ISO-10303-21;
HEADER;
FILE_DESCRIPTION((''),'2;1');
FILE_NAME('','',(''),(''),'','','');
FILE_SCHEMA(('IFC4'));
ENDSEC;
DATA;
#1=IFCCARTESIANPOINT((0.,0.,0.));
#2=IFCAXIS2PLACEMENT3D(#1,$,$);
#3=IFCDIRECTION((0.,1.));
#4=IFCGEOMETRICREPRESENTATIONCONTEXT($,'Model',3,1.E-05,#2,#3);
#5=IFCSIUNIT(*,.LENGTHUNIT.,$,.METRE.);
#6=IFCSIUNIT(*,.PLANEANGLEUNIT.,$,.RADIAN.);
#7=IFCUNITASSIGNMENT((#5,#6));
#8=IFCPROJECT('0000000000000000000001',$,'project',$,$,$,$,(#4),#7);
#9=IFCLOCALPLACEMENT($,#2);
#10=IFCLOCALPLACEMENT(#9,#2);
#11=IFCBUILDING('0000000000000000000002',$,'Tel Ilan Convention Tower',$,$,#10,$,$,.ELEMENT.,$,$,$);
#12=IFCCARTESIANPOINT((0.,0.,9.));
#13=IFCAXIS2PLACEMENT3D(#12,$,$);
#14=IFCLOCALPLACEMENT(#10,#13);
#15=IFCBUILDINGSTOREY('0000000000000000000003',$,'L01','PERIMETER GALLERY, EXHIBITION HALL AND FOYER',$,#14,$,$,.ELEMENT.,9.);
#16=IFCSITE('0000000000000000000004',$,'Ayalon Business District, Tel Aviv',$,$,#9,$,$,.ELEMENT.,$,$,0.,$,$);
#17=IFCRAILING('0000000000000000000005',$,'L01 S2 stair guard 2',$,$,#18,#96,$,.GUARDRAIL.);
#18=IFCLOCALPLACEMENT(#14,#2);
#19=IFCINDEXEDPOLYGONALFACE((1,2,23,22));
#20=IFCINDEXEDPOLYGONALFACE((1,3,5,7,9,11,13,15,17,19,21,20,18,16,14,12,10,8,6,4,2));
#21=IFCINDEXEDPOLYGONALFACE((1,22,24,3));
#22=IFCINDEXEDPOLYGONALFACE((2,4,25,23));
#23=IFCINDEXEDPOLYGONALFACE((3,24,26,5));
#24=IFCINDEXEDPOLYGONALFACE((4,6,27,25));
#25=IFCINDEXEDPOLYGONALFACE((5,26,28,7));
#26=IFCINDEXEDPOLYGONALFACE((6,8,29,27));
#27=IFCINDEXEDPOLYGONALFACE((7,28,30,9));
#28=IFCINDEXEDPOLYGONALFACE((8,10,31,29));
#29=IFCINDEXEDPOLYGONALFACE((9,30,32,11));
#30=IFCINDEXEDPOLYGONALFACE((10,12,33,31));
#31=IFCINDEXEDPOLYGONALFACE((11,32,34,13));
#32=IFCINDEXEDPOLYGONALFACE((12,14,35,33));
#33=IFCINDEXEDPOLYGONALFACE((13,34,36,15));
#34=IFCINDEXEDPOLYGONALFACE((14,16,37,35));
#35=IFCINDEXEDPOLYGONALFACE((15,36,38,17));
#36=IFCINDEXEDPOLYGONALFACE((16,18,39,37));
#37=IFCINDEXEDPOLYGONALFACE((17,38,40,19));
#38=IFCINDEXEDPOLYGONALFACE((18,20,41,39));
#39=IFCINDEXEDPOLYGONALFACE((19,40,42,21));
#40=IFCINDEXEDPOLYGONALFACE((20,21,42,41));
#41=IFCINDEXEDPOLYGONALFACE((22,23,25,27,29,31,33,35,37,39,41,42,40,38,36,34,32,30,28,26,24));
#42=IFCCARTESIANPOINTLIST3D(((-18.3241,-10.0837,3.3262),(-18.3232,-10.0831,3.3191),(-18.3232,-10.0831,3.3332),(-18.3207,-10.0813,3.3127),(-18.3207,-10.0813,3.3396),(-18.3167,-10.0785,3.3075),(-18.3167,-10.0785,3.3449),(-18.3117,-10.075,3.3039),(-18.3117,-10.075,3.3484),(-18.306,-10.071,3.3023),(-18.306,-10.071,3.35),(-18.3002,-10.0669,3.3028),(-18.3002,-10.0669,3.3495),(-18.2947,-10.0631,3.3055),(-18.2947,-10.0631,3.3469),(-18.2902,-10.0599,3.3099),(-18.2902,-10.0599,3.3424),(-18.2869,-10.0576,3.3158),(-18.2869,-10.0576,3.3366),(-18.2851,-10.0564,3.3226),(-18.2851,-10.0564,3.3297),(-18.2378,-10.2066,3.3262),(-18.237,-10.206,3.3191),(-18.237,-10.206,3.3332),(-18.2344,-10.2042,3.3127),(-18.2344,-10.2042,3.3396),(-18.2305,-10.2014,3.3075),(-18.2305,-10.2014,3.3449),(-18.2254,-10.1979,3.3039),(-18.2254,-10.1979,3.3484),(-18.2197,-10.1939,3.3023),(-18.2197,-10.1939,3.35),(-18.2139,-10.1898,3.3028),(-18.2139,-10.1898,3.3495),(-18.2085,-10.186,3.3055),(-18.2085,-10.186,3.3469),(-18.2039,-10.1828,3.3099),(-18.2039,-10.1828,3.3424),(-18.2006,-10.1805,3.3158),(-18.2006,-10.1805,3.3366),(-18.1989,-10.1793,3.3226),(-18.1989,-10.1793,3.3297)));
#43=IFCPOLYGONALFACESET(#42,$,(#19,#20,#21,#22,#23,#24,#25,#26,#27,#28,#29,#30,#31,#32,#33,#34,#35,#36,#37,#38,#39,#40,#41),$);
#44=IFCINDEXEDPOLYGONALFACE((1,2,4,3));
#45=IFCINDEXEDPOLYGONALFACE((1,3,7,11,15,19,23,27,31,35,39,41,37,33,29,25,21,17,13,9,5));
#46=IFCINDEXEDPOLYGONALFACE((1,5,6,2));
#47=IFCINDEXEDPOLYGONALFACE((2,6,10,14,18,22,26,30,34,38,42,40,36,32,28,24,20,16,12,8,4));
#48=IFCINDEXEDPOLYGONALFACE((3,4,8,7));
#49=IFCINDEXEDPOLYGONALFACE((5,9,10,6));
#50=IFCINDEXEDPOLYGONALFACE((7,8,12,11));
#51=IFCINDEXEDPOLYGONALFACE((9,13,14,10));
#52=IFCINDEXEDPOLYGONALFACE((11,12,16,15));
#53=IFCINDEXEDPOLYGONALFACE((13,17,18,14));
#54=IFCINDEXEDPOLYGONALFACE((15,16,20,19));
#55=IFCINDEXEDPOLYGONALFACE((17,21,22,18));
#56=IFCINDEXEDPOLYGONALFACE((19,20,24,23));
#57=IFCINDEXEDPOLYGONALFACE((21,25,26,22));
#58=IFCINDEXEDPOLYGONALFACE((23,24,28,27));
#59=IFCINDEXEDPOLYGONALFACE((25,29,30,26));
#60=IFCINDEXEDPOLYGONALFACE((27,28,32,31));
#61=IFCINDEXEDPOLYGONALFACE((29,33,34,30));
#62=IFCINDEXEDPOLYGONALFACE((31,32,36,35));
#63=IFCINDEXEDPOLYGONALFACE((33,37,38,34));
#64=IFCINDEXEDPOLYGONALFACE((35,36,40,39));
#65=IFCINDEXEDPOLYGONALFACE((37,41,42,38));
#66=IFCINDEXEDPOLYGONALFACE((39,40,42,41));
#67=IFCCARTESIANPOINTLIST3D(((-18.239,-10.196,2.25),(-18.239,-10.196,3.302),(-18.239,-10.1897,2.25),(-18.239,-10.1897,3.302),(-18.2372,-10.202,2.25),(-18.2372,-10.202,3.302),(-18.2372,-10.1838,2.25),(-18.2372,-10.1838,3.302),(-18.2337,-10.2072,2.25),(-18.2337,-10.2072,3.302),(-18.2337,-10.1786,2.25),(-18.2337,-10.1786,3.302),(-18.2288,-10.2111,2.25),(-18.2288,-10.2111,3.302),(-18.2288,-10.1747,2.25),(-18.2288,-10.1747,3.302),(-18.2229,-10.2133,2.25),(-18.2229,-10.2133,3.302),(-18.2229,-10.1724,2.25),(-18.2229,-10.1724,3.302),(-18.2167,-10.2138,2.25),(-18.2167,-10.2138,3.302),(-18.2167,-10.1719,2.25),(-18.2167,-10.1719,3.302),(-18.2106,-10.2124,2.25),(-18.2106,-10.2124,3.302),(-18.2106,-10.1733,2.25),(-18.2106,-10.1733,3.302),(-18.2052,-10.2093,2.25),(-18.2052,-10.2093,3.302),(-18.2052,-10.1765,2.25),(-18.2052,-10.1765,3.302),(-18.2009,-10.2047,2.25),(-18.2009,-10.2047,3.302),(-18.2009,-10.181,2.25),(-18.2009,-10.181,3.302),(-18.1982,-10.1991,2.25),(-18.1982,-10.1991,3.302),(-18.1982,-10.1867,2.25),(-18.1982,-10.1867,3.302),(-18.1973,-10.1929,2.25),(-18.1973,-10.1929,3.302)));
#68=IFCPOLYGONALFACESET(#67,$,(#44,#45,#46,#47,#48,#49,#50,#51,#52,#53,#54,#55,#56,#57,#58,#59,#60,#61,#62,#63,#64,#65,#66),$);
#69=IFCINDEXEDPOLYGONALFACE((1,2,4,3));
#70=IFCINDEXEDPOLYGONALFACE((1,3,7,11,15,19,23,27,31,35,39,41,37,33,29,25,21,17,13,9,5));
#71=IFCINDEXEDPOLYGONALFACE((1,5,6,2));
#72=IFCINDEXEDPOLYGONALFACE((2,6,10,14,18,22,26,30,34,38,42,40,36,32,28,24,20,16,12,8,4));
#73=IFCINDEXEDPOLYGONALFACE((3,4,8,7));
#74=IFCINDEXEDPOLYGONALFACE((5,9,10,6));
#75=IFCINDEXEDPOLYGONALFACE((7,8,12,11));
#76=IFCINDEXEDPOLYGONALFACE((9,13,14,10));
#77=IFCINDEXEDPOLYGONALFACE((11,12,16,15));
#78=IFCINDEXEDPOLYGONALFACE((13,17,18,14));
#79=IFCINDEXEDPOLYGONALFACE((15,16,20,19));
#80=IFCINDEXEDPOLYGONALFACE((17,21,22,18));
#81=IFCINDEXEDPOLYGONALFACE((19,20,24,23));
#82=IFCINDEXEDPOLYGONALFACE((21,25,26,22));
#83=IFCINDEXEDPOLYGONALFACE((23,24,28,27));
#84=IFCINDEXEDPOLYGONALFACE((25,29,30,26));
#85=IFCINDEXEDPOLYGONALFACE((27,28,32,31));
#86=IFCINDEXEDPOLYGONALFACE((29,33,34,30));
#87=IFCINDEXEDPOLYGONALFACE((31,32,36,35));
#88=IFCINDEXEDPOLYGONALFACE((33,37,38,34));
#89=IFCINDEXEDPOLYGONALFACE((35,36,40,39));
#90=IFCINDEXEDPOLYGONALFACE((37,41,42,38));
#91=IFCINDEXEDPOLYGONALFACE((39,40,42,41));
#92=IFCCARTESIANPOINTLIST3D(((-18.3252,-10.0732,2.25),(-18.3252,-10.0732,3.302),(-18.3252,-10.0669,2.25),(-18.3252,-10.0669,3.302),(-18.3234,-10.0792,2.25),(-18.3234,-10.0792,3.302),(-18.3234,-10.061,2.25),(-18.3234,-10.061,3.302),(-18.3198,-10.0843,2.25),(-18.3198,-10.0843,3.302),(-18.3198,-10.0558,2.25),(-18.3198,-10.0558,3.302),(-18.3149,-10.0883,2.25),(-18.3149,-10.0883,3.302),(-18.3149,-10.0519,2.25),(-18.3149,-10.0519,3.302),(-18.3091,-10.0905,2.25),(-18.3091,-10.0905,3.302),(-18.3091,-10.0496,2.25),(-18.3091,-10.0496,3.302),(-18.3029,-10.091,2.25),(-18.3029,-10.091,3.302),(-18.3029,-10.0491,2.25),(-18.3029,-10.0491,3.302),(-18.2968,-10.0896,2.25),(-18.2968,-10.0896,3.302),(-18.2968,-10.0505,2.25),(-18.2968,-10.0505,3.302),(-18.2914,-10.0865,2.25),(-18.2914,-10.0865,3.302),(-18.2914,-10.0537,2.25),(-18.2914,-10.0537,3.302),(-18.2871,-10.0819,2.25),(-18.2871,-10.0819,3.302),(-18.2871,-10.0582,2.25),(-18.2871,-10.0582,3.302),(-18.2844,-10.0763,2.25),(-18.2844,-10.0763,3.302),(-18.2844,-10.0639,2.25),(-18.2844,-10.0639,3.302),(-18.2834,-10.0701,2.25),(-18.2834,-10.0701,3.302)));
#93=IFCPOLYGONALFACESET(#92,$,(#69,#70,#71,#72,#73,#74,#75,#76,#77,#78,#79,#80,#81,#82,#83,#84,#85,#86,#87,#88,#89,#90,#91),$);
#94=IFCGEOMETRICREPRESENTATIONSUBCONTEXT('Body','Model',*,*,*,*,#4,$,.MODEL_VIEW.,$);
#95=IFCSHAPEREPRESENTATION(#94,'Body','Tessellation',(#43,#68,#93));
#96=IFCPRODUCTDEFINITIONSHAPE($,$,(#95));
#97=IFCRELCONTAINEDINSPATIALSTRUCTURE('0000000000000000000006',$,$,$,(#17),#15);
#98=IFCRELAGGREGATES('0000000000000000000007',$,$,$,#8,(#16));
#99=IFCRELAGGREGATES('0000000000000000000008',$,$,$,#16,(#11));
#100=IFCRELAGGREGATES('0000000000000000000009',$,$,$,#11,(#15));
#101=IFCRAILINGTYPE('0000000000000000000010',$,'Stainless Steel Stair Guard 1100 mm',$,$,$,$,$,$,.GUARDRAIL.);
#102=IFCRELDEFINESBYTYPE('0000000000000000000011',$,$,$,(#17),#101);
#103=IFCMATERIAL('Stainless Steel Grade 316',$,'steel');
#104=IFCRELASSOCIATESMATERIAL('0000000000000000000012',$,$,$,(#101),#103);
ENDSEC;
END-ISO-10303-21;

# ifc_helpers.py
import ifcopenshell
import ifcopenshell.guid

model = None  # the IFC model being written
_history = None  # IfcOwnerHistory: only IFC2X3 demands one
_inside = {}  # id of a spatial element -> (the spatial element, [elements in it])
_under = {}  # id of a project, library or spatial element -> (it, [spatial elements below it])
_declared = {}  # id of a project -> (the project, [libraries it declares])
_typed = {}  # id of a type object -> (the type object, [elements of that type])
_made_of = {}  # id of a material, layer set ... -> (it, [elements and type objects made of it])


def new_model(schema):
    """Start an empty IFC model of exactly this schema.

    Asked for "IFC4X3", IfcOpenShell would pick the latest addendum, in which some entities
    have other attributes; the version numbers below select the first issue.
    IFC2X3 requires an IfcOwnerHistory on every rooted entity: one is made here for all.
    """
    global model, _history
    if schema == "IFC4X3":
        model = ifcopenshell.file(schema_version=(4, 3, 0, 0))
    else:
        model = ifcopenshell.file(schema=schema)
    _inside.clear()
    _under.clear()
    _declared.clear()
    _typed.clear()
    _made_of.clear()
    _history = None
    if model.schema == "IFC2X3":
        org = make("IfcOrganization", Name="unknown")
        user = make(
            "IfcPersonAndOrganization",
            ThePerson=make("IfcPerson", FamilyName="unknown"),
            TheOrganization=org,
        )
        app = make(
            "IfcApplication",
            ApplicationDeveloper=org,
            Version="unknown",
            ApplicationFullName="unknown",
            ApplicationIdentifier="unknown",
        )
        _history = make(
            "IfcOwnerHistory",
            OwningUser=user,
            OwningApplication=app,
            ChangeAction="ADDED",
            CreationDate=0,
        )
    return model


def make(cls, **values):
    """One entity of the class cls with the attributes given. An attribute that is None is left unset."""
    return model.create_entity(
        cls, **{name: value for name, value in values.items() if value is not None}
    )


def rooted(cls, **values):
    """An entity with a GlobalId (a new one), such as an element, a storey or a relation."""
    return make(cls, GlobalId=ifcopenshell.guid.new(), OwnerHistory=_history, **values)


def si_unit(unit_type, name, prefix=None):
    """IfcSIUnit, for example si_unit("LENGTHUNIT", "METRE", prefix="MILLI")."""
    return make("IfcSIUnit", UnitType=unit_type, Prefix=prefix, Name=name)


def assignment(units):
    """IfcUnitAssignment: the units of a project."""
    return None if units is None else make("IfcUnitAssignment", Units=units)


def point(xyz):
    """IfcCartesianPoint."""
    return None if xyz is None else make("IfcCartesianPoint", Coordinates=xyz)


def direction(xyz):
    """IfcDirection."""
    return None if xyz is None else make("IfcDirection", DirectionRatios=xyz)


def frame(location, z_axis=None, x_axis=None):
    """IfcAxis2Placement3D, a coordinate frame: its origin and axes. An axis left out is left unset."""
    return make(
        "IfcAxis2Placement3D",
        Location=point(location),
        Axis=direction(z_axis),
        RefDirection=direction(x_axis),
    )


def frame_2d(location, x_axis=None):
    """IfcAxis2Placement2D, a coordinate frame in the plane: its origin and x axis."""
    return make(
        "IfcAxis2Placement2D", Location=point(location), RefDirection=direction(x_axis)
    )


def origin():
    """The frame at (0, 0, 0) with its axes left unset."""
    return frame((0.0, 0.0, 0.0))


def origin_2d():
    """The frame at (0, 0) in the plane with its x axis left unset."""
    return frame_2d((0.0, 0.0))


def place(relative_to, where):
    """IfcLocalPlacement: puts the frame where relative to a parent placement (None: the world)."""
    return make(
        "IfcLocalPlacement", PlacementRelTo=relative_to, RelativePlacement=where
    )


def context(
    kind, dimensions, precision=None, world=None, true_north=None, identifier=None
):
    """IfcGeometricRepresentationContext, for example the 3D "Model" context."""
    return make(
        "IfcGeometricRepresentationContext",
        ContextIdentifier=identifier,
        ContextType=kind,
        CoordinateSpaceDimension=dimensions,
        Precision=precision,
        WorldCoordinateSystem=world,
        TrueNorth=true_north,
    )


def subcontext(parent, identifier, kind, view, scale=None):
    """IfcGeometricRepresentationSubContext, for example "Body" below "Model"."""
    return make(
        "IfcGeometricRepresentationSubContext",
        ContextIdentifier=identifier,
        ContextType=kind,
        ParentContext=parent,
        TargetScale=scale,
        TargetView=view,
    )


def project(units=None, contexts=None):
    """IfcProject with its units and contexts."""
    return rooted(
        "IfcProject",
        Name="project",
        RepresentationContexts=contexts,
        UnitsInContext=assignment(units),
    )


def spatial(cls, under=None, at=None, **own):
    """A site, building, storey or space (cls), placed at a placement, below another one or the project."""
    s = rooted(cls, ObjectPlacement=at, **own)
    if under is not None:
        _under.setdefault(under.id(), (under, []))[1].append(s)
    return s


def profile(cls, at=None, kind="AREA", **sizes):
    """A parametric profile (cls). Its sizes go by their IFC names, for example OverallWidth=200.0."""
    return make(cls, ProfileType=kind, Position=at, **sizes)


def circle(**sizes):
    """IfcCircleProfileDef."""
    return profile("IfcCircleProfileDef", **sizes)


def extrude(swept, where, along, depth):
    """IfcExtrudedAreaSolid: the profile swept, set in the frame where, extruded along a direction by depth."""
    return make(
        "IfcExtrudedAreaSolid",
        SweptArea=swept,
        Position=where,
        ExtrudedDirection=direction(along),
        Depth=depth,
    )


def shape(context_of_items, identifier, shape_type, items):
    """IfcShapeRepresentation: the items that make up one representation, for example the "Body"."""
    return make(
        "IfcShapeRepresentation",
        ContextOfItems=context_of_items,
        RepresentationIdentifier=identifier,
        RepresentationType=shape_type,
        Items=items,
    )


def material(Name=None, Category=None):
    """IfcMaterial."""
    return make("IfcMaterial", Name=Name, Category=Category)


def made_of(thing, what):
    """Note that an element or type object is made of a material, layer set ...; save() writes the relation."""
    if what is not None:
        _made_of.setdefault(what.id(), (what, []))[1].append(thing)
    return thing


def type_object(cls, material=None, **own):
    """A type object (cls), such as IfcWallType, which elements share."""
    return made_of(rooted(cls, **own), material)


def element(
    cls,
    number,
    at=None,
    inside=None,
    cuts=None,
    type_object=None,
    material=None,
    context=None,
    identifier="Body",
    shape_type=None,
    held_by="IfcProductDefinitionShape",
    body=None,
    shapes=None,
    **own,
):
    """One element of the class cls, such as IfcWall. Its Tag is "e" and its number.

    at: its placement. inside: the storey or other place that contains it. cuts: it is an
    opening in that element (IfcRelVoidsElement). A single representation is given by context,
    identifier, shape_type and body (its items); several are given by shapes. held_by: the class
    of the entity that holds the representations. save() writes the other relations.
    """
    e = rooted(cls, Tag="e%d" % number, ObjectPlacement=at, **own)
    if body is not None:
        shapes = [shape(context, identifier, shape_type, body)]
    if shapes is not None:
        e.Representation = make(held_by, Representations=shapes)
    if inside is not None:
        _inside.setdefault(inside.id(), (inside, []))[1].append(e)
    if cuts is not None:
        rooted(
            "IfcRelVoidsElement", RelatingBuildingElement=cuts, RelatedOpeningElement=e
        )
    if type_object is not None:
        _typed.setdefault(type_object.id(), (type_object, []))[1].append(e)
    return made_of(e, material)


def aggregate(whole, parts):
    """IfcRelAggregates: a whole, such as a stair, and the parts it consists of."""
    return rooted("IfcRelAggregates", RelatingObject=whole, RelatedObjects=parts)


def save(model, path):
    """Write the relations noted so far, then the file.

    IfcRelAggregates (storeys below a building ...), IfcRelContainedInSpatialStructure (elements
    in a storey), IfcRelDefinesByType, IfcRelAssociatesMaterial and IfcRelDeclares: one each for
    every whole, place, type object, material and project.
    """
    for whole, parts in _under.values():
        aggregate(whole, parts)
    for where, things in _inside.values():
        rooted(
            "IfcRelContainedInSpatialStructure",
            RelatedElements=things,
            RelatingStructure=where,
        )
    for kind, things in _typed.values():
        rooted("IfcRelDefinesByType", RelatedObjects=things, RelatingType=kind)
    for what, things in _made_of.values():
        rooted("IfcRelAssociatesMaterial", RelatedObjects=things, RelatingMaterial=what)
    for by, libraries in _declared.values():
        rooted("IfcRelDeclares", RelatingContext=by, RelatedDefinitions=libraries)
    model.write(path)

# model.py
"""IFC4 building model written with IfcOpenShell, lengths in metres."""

from ifc_helpers import new_model, si_unit, direction, frame, origin, origin_2d, place, context, subcontext, project, spatial, circle, extrude, material, type_object, element, save


model = new_model("IFC4")

# Units and contexts
model_context = context("Model", 3, precision=1e-05, world=origin(), true_north=direction((0.0, 1.0)))
body_context = subcontext(model_context, "Body", "Model", "MODEL_VIEW")
ifc_project = project(units=[si_unit("LENGTHUNIT", "METRE"), si_unit("PLANEANGLEUNIT", "RADIAN")], contexts=[model_context])

# Site, building, storey
site_placement = place(None, origin())
site = spatial("IfcSite", under=ifc_project, at=site_placement, Name="Ayalon Business District, Tel Aviv", CompositionType="ELEMENT", RefElevation=0.0)
building_placement = place(site_placement, origin())
building = spatial("IfcBuilding", under=site, at=building_placement, Name="Tel Ilan Convention Tower", CompositionType="ELEMENT")
storey_placement = place(building_placement, frame((0.0, 0.0, 9.0)))
storey = spatial("IfcBuildingStorey", under=building, at=storey_placement, Name="L01", Description="PERIMETER GALLERY, EXHIBITION HALL AND FOYER", CompositionType="ELEMENT", Elevation=9.0)

# Railing
ifc_material_1 = material(Name="Stainless Steel Grade 316", Category="steel")
railing_type_1 = type_object("IfcRailingType", Name="Stainless Steel Stair Guard 1100 mm", PredefinedType="GUARDRAIL", material=ifc_material_1)
railing_1_placement = place(storey_placement, frame((-18.2183, -10.1929, 2.25)))
element("IfcRailing", 1, at=railing_1_placement, inside=storey, type_object=railing_type_1, Name="L01 S2 stair guard 2", PredefinedType="GUARDRAIL", context=body_context, shape_type="SweptSolid", body=[
    extrude(circle(Radius=0.0239, at=origin_2d()), frame((0.0, 0.0, 1.0762), z_axis=(-0.574445, 0.818543, 0.0), x_axis=(-0.818543, -0.574445, 0.0)), (0.0, 0.0, 1.0), 0.1501),
    extrude(circle(Radius=0.021, at=origin_2d()), origin(), (0.0, 0.0, 1.0), 1.052),
    extrude(circle(Radius=0.021, at=origin_2d()), frame((-0.0862, 0.1228, 0.0)), (0.0, 0.0, 1.0), 1.052),
])

save(model, "model.ifc")
